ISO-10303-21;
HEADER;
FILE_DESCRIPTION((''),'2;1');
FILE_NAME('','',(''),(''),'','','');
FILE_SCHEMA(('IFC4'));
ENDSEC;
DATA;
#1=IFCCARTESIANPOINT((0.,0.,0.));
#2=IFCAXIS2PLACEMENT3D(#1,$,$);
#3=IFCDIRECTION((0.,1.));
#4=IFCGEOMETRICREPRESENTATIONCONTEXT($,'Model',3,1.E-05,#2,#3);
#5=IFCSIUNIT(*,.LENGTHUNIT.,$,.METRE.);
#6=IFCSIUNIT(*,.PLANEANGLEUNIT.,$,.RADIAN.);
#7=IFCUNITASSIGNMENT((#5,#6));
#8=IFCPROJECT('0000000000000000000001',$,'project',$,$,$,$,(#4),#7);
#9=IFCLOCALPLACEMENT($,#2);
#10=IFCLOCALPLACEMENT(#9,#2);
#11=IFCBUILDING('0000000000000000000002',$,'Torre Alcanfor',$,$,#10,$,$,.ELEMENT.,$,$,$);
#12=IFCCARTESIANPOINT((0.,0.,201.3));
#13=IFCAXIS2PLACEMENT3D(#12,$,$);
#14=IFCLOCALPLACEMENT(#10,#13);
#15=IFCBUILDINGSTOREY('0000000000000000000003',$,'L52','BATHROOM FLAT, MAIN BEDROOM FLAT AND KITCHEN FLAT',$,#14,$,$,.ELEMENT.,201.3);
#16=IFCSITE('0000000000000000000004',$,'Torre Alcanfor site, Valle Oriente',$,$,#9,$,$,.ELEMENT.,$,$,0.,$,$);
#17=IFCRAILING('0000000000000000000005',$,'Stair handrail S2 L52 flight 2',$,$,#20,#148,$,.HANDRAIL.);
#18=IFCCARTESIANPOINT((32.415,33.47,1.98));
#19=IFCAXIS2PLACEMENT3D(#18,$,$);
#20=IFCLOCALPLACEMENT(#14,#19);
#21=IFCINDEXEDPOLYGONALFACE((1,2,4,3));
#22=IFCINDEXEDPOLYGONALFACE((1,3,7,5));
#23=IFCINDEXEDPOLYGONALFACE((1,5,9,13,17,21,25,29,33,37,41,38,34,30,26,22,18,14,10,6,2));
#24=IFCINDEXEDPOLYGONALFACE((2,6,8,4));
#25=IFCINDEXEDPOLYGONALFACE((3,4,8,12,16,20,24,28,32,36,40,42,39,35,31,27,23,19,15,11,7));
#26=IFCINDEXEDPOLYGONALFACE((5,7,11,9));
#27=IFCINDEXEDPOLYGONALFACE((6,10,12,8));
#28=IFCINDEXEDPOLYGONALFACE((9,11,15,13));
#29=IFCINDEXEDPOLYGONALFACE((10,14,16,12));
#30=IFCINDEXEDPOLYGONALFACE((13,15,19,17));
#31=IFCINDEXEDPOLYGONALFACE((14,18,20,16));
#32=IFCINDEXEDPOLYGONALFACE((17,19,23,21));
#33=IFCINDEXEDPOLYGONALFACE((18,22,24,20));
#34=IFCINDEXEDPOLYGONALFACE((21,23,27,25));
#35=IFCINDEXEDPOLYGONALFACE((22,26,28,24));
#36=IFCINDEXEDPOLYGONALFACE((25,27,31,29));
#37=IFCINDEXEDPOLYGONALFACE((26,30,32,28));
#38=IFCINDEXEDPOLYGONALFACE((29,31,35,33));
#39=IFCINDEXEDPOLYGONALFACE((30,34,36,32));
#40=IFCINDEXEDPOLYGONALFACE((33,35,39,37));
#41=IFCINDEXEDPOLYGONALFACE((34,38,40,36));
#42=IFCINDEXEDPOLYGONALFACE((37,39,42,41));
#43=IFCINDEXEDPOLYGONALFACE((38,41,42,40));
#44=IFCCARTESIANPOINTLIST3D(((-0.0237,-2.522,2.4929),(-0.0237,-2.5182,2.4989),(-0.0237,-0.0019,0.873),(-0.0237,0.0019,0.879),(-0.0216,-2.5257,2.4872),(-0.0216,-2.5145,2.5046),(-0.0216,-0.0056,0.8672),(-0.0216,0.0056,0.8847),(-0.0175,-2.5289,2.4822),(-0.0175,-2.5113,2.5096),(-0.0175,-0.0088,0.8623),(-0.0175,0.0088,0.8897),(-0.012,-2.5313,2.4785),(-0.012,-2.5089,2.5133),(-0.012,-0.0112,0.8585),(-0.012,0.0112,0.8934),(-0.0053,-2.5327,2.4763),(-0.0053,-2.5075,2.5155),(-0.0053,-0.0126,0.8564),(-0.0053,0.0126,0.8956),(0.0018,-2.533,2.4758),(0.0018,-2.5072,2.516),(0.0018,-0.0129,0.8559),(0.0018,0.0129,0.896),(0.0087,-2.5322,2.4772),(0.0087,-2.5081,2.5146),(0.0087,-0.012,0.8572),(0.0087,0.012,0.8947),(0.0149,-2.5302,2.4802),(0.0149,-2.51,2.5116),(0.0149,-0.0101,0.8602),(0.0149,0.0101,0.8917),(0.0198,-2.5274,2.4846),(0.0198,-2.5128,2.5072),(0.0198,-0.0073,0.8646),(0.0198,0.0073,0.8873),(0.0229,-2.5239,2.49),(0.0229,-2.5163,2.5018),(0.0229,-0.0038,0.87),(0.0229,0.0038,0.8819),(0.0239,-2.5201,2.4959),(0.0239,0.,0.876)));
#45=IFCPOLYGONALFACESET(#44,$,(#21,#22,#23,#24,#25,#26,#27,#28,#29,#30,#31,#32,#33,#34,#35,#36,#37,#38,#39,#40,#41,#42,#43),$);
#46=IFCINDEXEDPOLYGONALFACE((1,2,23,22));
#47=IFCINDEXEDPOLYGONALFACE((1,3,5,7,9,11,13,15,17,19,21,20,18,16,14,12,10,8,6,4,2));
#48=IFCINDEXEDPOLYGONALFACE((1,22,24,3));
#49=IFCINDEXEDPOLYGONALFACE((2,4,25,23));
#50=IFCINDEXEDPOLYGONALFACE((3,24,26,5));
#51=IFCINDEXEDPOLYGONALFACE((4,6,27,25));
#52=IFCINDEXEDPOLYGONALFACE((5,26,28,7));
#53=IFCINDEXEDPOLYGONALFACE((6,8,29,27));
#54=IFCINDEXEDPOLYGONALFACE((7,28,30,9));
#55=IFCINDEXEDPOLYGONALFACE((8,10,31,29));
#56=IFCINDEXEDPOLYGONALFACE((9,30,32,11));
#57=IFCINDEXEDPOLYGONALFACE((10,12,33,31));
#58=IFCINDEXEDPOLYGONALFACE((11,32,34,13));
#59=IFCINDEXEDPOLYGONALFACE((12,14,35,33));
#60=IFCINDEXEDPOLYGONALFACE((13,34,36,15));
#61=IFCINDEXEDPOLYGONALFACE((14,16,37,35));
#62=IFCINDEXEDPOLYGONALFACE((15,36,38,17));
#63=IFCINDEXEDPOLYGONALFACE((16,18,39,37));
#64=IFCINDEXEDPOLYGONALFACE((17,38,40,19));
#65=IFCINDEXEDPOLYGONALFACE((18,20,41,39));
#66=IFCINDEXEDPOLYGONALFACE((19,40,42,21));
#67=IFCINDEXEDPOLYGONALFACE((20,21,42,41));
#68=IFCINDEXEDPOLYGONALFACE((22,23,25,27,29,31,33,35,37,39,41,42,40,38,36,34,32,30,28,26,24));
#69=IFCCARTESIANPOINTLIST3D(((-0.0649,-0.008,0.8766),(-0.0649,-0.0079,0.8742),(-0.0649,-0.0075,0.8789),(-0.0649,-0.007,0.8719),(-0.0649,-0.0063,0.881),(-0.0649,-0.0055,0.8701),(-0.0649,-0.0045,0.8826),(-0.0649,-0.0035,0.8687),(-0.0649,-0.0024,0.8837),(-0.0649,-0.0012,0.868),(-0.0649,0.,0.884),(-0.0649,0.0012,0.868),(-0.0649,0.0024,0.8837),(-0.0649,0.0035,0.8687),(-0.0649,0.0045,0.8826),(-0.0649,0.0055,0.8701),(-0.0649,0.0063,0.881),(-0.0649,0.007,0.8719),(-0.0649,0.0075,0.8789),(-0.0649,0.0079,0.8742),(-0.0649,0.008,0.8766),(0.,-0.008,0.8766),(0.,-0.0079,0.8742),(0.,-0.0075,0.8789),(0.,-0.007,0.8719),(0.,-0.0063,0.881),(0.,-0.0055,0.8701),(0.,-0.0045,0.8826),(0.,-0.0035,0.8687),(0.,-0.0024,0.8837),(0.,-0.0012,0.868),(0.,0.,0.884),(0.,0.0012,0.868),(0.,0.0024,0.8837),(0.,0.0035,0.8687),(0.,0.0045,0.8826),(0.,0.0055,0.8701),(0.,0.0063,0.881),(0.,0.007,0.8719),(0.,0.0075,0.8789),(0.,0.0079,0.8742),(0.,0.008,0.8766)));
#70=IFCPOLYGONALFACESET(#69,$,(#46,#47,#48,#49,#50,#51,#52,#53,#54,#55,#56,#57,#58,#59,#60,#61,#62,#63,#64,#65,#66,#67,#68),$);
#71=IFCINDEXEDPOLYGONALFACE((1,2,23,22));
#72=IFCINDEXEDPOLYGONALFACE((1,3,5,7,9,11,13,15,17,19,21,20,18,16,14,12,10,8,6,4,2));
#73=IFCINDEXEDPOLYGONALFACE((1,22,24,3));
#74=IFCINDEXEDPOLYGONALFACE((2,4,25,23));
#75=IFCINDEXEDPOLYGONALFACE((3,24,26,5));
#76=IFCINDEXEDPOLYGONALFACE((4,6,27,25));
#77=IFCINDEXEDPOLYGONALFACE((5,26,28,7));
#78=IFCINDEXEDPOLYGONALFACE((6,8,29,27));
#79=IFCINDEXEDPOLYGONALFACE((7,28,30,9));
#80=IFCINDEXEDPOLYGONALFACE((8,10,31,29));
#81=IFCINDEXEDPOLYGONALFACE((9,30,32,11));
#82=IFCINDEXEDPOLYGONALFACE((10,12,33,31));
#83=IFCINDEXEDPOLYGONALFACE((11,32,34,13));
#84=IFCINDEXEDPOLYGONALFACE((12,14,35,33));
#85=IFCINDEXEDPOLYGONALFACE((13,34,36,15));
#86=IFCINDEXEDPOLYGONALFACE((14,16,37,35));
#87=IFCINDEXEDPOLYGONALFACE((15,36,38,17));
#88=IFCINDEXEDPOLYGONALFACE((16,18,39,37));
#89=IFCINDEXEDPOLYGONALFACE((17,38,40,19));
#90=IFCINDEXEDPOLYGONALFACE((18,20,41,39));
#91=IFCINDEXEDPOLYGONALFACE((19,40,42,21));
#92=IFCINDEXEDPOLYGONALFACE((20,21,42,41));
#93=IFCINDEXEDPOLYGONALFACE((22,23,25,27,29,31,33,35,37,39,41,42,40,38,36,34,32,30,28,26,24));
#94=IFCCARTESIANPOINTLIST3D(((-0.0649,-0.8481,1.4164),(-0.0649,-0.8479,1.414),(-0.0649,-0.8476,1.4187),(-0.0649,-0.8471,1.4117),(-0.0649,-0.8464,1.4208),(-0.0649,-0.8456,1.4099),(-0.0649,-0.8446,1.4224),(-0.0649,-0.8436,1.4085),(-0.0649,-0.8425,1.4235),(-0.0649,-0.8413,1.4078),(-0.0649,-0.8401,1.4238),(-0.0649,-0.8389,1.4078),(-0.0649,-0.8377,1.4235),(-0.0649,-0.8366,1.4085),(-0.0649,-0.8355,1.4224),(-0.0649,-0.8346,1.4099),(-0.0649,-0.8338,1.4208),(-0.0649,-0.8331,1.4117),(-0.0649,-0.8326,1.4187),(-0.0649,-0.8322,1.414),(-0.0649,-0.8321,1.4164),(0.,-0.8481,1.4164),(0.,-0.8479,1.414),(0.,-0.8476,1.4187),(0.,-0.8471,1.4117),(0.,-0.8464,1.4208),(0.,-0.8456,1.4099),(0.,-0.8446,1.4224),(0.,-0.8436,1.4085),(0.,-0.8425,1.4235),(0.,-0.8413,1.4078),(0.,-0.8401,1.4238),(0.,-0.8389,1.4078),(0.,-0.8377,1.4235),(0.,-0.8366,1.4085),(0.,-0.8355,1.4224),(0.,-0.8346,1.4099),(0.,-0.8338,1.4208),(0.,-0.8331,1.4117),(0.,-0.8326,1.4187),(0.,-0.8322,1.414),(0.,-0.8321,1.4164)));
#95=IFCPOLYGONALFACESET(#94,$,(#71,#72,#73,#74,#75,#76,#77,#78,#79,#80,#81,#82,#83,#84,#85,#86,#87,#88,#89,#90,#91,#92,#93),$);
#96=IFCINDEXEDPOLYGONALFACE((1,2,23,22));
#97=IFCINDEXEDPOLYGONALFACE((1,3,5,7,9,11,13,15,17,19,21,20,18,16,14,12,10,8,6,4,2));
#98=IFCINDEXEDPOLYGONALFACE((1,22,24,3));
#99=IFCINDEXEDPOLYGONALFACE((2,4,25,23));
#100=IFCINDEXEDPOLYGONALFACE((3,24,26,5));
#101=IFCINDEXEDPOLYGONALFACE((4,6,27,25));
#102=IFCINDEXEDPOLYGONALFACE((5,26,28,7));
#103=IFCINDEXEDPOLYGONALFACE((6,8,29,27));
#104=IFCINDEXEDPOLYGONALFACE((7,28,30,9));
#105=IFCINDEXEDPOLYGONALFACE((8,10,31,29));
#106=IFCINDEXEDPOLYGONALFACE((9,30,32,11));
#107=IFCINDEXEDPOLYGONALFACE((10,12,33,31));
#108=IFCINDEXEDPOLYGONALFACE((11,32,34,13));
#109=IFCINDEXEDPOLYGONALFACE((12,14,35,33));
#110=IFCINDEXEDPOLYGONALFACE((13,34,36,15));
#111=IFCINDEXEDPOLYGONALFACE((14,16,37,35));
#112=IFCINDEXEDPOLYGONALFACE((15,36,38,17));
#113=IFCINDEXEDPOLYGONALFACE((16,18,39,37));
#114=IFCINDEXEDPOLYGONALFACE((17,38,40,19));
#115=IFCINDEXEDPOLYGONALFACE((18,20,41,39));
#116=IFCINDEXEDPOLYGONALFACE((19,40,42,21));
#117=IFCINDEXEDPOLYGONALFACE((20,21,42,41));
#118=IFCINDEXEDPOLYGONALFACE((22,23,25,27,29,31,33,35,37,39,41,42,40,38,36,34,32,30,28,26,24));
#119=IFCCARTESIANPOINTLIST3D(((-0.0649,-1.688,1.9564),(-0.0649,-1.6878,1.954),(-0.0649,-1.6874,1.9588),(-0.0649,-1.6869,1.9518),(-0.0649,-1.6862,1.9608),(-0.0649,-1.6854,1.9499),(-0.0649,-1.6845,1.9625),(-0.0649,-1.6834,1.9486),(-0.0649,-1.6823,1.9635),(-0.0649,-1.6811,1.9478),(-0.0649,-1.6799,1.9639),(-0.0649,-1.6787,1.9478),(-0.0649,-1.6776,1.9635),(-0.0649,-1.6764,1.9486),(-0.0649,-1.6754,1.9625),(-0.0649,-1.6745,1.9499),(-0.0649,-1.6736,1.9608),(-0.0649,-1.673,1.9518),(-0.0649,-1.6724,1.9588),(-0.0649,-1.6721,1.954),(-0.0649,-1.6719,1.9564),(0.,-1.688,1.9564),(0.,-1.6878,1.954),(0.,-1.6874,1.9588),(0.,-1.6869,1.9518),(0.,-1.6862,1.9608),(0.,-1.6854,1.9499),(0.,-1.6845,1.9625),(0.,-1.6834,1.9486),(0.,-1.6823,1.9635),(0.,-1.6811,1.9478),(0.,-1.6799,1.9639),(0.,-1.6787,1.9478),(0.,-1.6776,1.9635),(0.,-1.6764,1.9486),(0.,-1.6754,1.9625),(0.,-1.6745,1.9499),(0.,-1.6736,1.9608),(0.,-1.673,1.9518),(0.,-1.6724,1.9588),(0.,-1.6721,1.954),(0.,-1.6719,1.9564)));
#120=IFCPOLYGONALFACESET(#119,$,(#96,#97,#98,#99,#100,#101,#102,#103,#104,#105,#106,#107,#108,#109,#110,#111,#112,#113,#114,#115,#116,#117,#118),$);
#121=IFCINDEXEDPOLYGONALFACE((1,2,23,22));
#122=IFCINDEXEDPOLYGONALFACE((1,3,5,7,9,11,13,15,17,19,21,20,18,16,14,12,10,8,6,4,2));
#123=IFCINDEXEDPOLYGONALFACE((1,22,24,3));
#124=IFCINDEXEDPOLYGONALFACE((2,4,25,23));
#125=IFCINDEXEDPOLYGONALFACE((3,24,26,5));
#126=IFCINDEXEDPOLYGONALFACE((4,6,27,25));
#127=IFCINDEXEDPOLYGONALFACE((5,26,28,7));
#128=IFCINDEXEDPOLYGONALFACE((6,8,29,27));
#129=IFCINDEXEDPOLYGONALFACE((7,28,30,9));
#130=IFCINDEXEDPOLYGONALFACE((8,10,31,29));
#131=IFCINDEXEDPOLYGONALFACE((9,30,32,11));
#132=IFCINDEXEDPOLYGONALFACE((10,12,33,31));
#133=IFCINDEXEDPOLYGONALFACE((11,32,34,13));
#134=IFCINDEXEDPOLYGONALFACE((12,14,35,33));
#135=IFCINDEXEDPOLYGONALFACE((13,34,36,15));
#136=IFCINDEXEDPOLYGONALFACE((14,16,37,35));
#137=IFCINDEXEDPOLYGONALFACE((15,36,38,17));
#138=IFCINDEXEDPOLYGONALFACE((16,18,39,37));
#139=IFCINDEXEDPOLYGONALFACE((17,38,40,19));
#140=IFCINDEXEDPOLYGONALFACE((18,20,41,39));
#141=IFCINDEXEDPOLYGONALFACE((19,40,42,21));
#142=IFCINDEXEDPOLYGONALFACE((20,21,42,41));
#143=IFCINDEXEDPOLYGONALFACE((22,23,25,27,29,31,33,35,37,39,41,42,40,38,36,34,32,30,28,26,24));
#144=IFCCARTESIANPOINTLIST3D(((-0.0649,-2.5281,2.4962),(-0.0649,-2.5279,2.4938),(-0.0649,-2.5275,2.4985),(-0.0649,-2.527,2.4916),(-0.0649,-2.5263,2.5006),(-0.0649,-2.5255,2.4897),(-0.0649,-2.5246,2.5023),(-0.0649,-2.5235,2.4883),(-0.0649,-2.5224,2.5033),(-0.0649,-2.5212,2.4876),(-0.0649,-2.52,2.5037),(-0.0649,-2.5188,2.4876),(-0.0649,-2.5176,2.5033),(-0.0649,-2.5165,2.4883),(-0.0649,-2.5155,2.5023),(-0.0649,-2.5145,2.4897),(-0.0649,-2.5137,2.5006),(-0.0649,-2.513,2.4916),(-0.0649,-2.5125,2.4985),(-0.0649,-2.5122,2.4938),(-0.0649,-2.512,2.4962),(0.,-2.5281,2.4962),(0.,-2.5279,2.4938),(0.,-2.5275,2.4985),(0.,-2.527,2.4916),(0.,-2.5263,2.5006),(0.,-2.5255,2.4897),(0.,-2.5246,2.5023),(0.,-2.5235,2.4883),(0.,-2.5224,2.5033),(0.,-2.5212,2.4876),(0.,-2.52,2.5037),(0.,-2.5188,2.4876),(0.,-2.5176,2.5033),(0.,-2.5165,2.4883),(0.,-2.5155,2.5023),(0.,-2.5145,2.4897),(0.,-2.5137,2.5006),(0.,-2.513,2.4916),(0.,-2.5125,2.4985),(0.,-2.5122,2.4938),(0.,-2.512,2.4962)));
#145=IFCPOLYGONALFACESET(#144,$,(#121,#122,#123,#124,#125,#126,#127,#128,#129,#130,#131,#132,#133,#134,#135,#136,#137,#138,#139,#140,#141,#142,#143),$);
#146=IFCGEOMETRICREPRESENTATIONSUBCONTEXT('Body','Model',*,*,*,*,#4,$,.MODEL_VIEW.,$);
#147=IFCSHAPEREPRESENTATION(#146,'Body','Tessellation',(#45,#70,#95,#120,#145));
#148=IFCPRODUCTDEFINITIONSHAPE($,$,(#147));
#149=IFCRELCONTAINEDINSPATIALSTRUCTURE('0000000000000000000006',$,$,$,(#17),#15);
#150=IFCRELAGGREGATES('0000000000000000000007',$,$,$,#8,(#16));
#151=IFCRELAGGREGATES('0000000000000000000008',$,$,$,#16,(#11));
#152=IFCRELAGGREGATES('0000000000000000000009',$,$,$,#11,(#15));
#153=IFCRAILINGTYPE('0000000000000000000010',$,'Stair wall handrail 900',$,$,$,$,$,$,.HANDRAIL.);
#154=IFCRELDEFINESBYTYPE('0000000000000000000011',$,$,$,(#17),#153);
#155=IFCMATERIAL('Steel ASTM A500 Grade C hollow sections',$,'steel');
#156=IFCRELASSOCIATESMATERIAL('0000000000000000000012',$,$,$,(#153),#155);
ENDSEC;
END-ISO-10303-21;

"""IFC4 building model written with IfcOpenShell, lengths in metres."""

from ifc_helpers import new_model, si_unit, direction, frame, origin, origin_2d, place, context, subcontext, project, spatial, circle, extrude, material, type_object, element, save


model = new_model("IFC4")

# Units and contexts
model_context = context("Model", 3, precision=1e-05, world=origin(), true_north=direction((0.0, 1.0)))
body_context = subcontext(model_context, "Body", "Model", "MODEL_VIEW")
ifc_project = project(units=[si_unit("LENGTHUNIT", "METRE"), si_unit("PLANEANGLEUNIT", "RADIAN")], contexts=[model_context])

# Site, building, storey
site_placement = place(None, origin())
site = spatial("IfcSite", under=ifc_project, at=site_placement, Name="Torre Alcanfor site, Valle Oriente", CompositionType="ELEMENT", RefElevation=0.0)
building_placement = place(site_placement, origin())
building = spatial("IfcBuilding", under=site, at=building_placement, Name="Torre Alcanfor", CompositionType="ELEMENT")
storey_placement = place(building_placement, frame((0.0, 0.0, 201.3)))
storey = spatial("IfcBuildingStorey", under=building, at=storey_placement, Name="L52", Description="BATHROOM FLAT, MAIN BEDROOM FLAT AND KITCHEN FLAT", CompositionType="ELEMENT", Elevation=201.3)

# Railing
ifc_material_1 = material(Name="Steel ASTM A500 Grade C hollow sections", Category="steel")
railing_type_1 = type_object("IfcRailingType", Name="Stair wall handrail 900", PredefinedType="HANDRAIL", material=ifc_material_1)
railing_1_placement = place(storey_placement, frame((32.415, 33.47, 1.98)))
element("IfcRailing", 1, at=railing_1_placement, inside=storey, type_object=railing_type_1, Name="Stair handrail S2 L52 flight 2", PredefinedType="HANDRAIL", context=body_context, shape_type="SweptSolid", body=[
    extrude(circle(Radius=0.0239, at=origin_2d()), frame((0.0, 0.0, 0.876), z_axis=(0.0, -0.8412, 0.540725), x_axis=(1.0, 0.0, 0.0)), (0.0, 0.0, 1.0), 2.9958),
    extrude(circle(Radius=0.0081, at=origin_2d()), frame((0.0, 0.0, 0.876), z_axis=(-1.0, 0.0, 0.0), x_axis=(0.0, 0.0, 1.0)), (0.0, 0.0, 1.0), 0.0649),
    extrude(circle(Radius=0.0081, at=origin_2d()), frame((0.0, -0.8401, 1.4158), z_axis=(-1.0, 0.0, 0.0), x_axis=(0.0, 0.0, 1.0)), (0.0, 0.0, 1.0), 0.0649),
    extrude(circle(Radius=0.0081, at=origin_2d()), frame((0.0, -1.6799, 1.9558), z_axis=(-1.0, 0.0, 0.0), x_axis=(0.0, 0.0, 1.0)), (0.0, 0.0, 1.0), 0.0649),
    extrude(circle(Radius=0.0081, at=origin_2d()), frame((0.0, -2.52, 2.4956), z_axis=(-1.0, 0.0, 0.0), x_axis=(0.0, 0.0, 1.0)), (0.0, 0.0, 1.0), 0.0649),
])

save(model, "model.ifc")
